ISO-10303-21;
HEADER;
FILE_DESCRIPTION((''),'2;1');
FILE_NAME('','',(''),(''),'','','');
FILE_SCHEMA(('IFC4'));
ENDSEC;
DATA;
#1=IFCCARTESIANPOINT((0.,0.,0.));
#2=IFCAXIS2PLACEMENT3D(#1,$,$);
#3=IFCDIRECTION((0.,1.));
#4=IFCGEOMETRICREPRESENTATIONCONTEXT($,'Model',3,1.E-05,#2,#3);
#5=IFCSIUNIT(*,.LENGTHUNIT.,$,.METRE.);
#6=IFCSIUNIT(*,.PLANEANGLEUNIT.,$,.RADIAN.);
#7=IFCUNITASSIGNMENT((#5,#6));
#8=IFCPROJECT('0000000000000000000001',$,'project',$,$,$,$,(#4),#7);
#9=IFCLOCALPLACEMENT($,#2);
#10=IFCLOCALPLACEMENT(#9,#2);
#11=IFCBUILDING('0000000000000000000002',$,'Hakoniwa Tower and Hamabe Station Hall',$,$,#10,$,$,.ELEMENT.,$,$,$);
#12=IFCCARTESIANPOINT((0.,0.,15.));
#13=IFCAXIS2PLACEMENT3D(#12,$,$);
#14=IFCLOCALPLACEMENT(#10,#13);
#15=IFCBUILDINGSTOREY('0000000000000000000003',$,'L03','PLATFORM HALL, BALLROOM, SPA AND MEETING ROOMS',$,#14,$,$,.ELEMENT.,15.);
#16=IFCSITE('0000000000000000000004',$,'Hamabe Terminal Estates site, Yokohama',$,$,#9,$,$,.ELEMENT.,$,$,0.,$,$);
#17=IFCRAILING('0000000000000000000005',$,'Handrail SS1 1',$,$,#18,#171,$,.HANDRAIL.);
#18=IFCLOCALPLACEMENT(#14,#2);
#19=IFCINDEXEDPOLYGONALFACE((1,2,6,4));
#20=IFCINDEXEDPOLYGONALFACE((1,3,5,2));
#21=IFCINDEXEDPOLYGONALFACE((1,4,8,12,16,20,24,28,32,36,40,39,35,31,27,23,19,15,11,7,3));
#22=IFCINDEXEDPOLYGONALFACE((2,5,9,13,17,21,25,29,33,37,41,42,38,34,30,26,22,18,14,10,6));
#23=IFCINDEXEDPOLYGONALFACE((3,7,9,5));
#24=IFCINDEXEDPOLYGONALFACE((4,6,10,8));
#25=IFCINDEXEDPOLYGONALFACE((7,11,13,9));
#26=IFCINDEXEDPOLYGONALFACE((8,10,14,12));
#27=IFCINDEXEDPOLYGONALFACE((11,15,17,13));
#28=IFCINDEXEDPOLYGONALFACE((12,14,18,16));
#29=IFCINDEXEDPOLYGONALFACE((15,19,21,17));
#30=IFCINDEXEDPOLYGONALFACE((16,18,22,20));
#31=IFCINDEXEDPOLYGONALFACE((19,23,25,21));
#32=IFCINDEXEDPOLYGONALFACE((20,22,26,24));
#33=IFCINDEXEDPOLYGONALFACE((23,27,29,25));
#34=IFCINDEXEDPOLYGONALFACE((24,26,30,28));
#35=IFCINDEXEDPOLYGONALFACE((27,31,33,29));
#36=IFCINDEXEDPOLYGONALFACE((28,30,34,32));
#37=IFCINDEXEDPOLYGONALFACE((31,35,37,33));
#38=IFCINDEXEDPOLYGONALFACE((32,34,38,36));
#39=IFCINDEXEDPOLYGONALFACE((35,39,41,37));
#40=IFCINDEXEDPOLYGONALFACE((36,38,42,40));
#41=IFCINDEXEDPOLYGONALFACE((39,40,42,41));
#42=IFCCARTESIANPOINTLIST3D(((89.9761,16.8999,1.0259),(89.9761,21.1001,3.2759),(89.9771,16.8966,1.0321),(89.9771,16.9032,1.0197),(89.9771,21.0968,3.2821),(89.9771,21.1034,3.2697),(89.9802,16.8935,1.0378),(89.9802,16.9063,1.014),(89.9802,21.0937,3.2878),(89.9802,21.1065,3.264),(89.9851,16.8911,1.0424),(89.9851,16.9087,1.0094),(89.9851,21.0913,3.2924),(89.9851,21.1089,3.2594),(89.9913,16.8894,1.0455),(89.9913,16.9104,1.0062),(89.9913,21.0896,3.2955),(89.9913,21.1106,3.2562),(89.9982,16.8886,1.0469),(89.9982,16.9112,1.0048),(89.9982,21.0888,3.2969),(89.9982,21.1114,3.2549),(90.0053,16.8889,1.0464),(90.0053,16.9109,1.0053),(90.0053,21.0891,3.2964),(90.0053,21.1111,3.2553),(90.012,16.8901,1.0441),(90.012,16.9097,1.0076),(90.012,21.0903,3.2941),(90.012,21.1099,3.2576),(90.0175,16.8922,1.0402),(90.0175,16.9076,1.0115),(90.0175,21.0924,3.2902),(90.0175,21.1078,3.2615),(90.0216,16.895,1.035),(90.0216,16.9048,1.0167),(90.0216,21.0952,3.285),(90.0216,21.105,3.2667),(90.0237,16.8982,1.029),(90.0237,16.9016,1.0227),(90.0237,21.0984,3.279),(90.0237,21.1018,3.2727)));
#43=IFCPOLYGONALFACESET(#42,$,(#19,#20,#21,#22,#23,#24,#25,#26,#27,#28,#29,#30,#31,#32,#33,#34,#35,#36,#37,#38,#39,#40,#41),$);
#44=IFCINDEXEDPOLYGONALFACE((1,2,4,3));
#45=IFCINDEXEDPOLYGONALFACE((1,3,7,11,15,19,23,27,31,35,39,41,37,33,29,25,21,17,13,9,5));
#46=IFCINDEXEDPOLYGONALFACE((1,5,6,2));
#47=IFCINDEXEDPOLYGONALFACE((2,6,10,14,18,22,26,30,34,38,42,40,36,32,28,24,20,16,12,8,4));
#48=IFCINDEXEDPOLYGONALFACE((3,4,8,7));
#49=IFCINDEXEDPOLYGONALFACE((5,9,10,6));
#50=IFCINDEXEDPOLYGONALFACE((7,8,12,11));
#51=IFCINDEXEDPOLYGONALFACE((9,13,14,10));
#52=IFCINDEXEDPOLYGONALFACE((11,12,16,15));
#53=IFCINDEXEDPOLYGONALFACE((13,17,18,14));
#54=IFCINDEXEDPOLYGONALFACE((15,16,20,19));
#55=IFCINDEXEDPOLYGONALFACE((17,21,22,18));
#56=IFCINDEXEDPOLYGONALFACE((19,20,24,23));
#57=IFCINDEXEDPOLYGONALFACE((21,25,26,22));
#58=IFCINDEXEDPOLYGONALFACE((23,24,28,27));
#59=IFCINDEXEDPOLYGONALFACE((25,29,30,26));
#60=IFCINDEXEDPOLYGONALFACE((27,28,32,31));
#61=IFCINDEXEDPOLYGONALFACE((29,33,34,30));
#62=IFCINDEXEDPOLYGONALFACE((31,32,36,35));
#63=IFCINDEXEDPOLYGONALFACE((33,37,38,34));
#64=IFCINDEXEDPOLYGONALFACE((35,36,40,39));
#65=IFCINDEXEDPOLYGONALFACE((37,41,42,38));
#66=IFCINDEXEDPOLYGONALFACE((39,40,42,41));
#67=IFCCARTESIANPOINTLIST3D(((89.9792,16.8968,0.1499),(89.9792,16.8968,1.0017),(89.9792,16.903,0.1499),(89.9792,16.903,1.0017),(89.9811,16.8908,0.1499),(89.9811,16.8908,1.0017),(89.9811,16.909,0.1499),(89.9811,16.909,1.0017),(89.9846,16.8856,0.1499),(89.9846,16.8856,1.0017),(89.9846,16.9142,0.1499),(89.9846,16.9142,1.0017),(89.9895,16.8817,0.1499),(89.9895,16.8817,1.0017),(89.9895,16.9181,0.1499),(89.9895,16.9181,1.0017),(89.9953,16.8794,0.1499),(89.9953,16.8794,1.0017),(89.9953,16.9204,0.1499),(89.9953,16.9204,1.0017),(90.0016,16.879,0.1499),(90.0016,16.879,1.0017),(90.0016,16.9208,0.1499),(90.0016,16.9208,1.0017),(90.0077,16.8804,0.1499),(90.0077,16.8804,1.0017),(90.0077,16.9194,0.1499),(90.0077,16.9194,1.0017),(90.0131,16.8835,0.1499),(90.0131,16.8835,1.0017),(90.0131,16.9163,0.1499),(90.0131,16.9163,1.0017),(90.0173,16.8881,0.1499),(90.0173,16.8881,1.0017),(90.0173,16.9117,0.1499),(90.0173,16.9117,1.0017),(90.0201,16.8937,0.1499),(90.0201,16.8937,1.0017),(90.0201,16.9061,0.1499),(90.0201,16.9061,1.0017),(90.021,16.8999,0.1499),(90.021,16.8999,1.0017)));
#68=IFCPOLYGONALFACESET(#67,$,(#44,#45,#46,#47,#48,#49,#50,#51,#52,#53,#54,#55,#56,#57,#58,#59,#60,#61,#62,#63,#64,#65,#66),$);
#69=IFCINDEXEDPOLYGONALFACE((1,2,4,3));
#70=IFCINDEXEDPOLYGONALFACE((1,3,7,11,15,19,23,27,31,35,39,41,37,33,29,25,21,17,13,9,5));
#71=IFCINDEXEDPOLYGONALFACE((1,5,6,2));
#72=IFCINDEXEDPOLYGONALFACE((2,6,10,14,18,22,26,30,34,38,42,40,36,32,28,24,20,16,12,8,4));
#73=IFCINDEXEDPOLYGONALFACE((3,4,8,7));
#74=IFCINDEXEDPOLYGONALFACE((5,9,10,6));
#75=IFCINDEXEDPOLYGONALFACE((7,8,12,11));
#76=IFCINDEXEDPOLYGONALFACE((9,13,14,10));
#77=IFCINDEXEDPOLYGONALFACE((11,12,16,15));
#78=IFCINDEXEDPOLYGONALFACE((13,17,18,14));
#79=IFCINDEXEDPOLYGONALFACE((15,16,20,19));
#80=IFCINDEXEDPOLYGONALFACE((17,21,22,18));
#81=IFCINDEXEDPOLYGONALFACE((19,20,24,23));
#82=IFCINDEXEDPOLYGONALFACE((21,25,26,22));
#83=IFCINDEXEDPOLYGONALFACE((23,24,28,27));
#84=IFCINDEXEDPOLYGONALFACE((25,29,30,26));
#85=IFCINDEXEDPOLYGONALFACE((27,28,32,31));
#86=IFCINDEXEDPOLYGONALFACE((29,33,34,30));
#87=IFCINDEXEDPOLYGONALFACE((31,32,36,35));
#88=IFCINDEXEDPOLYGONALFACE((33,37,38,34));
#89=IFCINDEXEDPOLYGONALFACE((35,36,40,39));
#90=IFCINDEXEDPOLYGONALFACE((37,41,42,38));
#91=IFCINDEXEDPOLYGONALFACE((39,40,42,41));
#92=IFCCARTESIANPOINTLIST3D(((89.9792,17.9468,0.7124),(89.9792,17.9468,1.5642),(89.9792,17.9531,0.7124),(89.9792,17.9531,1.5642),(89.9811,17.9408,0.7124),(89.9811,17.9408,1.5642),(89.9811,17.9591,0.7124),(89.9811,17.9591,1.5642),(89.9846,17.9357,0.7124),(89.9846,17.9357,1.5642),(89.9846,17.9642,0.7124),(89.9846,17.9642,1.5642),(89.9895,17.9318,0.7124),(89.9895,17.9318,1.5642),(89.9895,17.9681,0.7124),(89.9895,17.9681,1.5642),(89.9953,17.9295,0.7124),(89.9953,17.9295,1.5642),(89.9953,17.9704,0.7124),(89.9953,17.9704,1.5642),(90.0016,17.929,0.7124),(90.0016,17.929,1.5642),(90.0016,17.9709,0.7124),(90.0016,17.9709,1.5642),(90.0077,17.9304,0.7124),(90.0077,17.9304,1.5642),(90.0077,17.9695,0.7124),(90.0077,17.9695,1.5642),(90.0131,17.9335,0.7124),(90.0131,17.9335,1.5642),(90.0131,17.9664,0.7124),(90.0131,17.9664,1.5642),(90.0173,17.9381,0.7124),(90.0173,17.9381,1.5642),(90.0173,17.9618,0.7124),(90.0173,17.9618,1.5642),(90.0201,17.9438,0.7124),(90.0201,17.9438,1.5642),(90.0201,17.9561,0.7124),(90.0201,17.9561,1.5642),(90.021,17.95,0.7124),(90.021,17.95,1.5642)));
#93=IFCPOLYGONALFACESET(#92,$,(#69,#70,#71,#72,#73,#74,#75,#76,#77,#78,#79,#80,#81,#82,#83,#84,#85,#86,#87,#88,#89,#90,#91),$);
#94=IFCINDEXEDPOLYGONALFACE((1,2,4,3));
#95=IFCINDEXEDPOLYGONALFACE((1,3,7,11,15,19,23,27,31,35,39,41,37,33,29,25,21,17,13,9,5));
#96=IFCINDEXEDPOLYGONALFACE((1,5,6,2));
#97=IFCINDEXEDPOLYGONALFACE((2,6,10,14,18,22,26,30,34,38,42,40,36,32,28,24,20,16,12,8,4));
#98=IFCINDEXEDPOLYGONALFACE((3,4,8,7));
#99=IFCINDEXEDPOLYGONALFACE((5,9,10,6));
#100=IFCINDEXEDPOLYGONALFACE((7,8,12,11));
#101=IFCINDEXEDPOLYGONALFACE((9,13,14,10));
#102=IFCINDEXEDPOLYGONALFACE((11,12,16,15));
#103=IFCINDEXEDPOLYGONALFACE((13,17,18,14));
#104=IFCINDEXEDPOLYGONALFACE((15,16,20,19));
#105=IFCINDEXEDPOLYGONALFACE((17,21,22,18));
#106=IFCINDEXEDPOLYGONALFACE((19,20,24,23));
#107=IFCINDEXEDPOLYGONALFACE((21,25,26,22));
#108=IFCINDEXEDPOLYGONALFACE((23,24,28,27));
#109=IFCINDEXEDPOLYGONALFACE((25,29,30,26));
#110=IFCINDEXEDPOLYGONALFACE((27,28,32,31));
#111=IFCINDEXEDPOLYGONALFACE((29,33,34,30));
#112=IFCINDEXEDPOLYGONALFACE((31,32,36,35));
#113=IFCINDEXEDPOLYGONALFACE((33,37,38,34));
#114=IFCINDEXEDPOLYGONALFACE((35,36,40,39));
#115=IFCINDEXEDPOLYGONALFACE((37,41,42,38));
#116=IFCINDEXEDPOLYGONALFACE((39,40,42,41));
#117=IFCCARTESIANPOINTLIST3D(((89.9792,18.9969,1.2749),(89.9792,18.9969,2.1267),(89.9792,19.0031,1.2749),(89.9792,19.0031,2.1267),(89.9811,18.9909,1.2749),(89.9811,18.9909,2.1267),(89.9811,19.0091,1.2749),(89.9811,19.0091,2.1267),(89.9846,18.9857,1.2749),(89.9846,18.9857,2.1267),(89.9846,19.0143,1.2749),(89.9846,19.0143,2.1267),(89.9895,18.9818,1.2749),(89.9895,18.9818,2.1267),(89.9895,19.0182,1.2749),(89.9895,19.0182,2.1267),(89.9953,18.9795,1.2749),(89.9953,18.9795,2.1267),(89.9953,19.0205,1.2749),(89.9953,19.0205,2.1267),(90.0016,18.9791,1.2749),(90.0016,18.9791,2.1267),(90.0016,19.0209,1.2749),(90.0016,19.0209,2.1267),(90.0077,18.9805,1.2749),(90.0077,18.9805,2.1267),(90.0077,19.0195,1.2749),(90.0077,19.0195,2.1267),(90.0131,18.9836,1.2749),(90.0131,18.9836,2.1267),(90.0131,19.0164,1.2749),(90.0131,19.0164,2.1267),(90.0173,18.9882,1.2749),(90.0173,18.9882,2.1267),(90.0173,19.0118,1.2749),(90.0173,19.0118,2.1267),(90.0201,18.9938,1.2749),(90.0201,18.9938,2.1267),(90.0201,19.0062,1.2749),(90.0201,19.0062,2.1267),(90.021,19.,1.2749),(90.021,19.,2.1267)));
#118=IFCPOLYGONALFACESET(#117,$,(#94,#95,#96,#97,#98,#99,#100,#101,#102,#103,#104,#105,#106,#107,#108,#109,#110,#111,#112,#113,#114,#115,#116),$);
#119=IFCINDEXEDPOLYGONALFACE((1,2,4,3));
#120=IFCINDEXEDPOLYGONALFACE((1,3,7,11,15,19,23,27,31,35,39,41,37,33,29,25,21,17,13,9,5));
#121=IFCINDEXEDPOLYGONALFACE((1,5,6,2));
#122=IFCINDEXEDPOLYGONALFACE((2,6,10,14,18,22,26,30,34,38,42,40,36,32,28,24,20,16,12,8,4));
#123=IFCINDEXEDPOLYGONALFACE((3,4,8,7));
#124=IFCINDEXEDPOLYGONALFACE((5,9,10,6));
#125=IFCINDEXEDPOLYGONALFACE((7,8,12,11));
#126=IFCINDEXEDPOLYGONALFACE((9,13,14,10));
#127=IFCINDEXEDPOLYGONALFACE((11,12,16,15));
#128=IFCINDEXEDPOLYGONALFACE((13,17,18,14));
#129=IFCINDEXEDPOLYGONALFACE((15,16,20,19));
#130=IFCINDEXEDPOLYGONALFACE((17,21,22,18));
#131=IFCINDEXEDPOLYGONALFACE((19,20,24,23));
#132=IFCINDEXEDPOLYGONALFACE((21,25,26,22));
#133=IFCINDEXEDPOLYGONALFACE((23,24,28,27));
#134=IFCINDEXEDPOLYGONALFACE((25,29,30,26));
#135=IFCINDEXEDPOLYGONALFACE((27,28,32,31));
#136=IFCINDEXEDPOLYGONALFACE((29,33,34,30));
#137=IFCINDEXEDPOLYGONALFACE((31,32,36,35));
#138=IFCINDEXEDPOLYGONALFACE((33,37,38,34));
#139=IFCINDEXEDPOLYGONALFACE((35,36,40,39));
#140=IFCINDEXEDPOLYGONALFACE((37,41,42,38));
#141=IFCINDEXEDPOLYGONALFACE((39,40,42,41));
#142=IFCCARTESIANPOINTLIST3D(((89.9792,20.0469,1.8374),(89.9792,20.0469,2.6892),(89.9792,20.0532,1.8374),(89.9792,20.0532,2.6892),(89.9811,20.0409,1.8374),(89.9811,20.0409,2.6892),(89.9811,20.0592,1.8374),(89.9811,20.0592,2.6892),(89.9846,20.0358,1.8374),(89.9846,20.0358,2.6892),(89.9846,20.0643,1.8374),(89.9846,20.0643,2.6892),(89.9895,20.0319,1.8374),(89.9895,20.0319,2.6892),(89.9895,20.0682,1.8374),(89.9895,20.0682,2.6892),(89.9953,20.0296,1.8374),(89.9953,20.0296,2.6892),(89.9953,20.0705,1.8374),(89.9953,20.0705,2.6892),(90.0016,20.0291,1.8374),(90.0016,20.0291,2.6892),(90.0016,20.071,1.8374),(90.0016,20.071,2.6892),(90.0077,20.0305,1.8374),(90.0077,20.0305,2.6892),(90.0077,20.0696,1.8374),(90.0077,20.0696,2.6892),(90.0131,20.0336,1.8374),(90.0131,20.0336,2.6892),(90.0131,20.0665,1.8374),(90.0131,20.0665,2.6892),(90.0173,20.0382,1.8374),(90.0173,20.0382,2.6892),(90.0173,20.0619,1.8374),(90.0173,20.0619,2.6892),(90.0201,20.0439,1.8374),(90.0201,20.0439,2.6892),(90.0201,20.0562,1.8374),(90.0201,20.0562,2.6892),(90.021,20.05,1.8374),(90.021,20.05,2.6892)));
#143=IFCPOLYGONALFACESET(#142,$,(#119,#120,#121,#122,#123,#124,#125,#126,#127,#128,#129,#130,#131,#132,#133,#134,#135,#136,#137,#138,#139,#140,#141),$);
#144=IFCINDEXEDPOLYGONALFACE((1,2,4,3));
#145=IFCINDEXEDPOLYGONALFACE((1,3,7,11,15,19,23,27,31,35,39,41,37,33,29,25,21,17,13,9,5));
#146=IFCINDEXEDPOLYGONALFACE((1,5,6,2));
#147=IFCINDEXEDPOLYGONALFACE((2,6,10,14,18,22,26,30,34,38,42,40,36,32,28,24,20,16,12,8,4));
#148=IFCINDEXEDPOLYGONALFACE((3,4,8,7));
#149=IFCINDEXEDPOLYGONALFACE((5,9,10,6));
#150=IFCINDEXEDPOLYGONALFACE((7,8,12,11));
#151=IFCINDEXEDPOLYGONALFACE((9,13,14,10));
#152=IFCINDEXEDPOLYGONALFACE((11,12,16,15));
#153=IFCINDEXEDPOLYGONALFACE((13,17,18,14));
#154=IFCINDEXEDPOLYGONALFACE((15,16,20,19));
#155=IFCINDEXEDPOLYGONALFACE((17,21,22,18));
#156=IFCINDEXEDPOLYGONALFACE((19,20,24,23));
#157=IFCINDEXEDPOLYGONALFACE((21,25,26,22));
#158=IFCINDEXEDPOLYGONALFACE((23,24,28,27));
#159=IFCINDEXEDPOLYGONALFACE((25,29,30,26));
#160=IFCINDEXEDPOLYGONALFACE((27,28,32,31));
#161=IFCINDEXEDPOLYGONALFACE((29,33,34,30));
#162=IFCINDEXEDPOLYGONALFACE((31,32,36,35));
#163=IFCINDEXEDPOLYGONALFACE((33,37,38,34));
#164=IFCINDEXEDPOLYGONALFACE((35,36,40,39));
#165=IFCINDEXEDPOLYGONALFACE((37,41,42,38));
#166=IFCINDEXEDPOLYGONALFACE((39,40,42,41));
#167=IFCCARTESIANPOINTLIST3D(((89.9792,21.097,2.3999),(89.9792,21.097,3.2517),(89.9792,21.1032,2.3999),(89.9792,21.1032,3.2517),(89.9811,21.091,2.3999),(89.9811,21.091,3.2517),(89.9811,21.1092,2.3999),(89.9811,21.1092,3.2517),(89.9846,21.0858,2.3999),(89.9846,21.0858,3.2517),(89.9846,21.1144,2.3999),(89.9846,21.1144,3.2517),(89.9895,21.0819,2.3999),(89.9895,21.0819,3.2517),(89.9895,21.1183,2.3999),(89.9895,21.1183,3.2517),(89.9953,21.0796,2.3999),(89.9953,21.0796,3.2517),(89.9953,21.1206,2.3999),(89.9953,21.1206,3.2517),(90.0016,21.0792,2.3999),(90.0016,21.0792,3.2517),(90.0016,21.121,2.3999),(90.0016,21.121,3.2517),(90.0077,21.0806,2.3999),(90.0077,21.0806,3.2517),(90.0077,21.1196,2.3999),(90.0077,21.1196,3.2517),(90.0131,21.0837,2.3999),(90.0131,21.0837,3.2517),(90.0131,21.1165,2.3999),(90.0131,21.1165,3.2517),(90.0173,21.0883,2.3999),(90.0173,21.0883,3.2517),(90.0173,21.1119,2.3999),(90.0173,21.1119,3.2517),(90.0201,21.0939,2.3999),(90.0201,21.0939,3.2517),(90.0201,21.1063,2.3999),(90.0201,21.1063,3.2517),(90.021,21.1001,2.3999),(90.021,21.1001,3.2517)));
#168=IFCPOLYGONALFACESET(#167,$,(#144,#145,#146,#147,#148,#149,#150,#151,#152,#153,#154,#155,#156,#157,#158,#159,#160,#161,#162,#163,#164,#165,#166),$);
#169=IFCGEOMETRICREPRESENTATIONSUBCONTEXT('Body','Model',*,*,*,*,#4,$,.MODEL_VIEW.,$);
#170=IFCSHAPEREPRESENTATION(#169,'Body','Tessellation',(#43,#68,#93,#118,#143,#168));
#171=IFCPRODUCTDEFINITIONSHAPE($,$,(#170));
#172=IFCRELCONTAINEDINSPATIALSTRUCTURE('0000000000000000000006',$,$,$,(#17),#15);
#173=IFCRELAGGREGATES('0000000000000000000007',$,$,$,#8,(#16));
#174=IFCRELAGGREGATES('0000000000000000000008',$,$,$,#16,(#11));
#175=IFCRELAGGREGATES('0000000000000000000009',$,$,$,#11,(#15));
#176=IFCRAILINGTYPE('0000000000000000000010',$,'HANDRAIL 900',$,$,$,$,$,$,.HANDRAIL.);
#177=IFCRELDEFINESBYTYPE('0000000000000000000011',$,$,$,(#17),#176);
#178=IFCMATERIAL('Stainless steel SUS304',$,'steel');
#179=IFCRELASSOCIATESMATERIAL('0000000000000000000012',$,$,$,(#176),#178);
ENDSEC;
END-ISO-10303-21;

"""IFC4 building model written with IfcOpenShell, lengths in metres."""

from ifc_helpers import new_model, si_unit, direction, frame, origin, origin_2d, place, context, subcontext, project, spatial, circle, extrude, material, type_object, element, save


model = new_model("IFC4")

# Units and contexts
model_context = context("Model", 3, precision=1e-05, world=origin(), true_north=direction((0.0, 1.0)))
body_context = subcontext(model_context, "Body", "Model", "MODEL_VIEW")
ifc_project = project(units=[si_unit("LENGTHUNIT", "METRE"), si_unit("PLANEANGLEUNIT", "RADIAN")], contexts=[model_context])

# Site, building, storey
site_placement = place(None, origin())
site = spatial("IfcSite", under=ifc_project, at=site_placement, Name="Hamabe Terminal Estates site, Yokohama", CompositionType="ELEMENT", RefElevation=0.0)
building_placement = place(site_placement, origin())
building = spatial("IfcBuilding", under=site, at=building_placement, Name="Hakoniwa Tower and Hamabe Station Hall", CompositionType="ELEMENT")
storey_placement = place(building_placement, frame((0.0, 0.0, 15.0)))
storey = spatial("IfcBuildingStorey", under=building, at=storey_placement, Name="L03", Description="PLATFORM HALL, BALLROOM, SPA AND MEETING ROOMS", CompositionType="ELEMENT", Elevation=15.0)

# Railing
ifc_material_1 = material(Name="Stainless steel SUS304", Category="steel")
railing_type_1 = type_object("IfcRailingType", Name="HANDRAIL 900", PredefinedType="HANDRAIL", material=ifc_material_1)
railing_1_placement = place(storey_placement, frame((90.0, 16.8999, 0.1499)))
element("IfcRailing", 1, at=railing_1_placement, inside=storey, type_object=railing_type_1, Name="Handrail SS1 1", PredefinedType="HANDRAIL", context=body_context, shape_type="SweptSolid", body=[
    extrude(circle(Radius=0.0239, at=origin_2d()), frame((0.0, 0.0, 0.876), z_axis=(0.0, 0.881489, 0.472204), x_axis=(-1.0, 0.0, 0.0)), (0.0, 0.0, 1.0), 4.7649),
    extrude(circle(Radius=0.021, at=origin_2d()), origin(), (0.0, 0.0, 1.0), 0.8518),
    extrude(circle(Radius=0.021, at=origin_2d()), frame((0.0, 1.05, 0.5625)), (0.0, 0.0, 1.0), 0.8518),
    extrude(circle(Radius=0.021, at=origin_2d()), frame((0.0, 2.1001, 1.125)), (0.0, 0.0, 1.0), 0.8518),
    extrude(circle(Radius=0.021, at=origin_2d()), frame((0.0, 3.1501, 1.6875)), (0.0, 0.0, 1.0), 0.8518),
    extrude(circle(Radius=0.021, at=origin_2d()), frame((0.0, 4.2002, 2.25)), (0.0, 0.0, 1.0), 0.8518),
])

save(model, "model.ifc")
